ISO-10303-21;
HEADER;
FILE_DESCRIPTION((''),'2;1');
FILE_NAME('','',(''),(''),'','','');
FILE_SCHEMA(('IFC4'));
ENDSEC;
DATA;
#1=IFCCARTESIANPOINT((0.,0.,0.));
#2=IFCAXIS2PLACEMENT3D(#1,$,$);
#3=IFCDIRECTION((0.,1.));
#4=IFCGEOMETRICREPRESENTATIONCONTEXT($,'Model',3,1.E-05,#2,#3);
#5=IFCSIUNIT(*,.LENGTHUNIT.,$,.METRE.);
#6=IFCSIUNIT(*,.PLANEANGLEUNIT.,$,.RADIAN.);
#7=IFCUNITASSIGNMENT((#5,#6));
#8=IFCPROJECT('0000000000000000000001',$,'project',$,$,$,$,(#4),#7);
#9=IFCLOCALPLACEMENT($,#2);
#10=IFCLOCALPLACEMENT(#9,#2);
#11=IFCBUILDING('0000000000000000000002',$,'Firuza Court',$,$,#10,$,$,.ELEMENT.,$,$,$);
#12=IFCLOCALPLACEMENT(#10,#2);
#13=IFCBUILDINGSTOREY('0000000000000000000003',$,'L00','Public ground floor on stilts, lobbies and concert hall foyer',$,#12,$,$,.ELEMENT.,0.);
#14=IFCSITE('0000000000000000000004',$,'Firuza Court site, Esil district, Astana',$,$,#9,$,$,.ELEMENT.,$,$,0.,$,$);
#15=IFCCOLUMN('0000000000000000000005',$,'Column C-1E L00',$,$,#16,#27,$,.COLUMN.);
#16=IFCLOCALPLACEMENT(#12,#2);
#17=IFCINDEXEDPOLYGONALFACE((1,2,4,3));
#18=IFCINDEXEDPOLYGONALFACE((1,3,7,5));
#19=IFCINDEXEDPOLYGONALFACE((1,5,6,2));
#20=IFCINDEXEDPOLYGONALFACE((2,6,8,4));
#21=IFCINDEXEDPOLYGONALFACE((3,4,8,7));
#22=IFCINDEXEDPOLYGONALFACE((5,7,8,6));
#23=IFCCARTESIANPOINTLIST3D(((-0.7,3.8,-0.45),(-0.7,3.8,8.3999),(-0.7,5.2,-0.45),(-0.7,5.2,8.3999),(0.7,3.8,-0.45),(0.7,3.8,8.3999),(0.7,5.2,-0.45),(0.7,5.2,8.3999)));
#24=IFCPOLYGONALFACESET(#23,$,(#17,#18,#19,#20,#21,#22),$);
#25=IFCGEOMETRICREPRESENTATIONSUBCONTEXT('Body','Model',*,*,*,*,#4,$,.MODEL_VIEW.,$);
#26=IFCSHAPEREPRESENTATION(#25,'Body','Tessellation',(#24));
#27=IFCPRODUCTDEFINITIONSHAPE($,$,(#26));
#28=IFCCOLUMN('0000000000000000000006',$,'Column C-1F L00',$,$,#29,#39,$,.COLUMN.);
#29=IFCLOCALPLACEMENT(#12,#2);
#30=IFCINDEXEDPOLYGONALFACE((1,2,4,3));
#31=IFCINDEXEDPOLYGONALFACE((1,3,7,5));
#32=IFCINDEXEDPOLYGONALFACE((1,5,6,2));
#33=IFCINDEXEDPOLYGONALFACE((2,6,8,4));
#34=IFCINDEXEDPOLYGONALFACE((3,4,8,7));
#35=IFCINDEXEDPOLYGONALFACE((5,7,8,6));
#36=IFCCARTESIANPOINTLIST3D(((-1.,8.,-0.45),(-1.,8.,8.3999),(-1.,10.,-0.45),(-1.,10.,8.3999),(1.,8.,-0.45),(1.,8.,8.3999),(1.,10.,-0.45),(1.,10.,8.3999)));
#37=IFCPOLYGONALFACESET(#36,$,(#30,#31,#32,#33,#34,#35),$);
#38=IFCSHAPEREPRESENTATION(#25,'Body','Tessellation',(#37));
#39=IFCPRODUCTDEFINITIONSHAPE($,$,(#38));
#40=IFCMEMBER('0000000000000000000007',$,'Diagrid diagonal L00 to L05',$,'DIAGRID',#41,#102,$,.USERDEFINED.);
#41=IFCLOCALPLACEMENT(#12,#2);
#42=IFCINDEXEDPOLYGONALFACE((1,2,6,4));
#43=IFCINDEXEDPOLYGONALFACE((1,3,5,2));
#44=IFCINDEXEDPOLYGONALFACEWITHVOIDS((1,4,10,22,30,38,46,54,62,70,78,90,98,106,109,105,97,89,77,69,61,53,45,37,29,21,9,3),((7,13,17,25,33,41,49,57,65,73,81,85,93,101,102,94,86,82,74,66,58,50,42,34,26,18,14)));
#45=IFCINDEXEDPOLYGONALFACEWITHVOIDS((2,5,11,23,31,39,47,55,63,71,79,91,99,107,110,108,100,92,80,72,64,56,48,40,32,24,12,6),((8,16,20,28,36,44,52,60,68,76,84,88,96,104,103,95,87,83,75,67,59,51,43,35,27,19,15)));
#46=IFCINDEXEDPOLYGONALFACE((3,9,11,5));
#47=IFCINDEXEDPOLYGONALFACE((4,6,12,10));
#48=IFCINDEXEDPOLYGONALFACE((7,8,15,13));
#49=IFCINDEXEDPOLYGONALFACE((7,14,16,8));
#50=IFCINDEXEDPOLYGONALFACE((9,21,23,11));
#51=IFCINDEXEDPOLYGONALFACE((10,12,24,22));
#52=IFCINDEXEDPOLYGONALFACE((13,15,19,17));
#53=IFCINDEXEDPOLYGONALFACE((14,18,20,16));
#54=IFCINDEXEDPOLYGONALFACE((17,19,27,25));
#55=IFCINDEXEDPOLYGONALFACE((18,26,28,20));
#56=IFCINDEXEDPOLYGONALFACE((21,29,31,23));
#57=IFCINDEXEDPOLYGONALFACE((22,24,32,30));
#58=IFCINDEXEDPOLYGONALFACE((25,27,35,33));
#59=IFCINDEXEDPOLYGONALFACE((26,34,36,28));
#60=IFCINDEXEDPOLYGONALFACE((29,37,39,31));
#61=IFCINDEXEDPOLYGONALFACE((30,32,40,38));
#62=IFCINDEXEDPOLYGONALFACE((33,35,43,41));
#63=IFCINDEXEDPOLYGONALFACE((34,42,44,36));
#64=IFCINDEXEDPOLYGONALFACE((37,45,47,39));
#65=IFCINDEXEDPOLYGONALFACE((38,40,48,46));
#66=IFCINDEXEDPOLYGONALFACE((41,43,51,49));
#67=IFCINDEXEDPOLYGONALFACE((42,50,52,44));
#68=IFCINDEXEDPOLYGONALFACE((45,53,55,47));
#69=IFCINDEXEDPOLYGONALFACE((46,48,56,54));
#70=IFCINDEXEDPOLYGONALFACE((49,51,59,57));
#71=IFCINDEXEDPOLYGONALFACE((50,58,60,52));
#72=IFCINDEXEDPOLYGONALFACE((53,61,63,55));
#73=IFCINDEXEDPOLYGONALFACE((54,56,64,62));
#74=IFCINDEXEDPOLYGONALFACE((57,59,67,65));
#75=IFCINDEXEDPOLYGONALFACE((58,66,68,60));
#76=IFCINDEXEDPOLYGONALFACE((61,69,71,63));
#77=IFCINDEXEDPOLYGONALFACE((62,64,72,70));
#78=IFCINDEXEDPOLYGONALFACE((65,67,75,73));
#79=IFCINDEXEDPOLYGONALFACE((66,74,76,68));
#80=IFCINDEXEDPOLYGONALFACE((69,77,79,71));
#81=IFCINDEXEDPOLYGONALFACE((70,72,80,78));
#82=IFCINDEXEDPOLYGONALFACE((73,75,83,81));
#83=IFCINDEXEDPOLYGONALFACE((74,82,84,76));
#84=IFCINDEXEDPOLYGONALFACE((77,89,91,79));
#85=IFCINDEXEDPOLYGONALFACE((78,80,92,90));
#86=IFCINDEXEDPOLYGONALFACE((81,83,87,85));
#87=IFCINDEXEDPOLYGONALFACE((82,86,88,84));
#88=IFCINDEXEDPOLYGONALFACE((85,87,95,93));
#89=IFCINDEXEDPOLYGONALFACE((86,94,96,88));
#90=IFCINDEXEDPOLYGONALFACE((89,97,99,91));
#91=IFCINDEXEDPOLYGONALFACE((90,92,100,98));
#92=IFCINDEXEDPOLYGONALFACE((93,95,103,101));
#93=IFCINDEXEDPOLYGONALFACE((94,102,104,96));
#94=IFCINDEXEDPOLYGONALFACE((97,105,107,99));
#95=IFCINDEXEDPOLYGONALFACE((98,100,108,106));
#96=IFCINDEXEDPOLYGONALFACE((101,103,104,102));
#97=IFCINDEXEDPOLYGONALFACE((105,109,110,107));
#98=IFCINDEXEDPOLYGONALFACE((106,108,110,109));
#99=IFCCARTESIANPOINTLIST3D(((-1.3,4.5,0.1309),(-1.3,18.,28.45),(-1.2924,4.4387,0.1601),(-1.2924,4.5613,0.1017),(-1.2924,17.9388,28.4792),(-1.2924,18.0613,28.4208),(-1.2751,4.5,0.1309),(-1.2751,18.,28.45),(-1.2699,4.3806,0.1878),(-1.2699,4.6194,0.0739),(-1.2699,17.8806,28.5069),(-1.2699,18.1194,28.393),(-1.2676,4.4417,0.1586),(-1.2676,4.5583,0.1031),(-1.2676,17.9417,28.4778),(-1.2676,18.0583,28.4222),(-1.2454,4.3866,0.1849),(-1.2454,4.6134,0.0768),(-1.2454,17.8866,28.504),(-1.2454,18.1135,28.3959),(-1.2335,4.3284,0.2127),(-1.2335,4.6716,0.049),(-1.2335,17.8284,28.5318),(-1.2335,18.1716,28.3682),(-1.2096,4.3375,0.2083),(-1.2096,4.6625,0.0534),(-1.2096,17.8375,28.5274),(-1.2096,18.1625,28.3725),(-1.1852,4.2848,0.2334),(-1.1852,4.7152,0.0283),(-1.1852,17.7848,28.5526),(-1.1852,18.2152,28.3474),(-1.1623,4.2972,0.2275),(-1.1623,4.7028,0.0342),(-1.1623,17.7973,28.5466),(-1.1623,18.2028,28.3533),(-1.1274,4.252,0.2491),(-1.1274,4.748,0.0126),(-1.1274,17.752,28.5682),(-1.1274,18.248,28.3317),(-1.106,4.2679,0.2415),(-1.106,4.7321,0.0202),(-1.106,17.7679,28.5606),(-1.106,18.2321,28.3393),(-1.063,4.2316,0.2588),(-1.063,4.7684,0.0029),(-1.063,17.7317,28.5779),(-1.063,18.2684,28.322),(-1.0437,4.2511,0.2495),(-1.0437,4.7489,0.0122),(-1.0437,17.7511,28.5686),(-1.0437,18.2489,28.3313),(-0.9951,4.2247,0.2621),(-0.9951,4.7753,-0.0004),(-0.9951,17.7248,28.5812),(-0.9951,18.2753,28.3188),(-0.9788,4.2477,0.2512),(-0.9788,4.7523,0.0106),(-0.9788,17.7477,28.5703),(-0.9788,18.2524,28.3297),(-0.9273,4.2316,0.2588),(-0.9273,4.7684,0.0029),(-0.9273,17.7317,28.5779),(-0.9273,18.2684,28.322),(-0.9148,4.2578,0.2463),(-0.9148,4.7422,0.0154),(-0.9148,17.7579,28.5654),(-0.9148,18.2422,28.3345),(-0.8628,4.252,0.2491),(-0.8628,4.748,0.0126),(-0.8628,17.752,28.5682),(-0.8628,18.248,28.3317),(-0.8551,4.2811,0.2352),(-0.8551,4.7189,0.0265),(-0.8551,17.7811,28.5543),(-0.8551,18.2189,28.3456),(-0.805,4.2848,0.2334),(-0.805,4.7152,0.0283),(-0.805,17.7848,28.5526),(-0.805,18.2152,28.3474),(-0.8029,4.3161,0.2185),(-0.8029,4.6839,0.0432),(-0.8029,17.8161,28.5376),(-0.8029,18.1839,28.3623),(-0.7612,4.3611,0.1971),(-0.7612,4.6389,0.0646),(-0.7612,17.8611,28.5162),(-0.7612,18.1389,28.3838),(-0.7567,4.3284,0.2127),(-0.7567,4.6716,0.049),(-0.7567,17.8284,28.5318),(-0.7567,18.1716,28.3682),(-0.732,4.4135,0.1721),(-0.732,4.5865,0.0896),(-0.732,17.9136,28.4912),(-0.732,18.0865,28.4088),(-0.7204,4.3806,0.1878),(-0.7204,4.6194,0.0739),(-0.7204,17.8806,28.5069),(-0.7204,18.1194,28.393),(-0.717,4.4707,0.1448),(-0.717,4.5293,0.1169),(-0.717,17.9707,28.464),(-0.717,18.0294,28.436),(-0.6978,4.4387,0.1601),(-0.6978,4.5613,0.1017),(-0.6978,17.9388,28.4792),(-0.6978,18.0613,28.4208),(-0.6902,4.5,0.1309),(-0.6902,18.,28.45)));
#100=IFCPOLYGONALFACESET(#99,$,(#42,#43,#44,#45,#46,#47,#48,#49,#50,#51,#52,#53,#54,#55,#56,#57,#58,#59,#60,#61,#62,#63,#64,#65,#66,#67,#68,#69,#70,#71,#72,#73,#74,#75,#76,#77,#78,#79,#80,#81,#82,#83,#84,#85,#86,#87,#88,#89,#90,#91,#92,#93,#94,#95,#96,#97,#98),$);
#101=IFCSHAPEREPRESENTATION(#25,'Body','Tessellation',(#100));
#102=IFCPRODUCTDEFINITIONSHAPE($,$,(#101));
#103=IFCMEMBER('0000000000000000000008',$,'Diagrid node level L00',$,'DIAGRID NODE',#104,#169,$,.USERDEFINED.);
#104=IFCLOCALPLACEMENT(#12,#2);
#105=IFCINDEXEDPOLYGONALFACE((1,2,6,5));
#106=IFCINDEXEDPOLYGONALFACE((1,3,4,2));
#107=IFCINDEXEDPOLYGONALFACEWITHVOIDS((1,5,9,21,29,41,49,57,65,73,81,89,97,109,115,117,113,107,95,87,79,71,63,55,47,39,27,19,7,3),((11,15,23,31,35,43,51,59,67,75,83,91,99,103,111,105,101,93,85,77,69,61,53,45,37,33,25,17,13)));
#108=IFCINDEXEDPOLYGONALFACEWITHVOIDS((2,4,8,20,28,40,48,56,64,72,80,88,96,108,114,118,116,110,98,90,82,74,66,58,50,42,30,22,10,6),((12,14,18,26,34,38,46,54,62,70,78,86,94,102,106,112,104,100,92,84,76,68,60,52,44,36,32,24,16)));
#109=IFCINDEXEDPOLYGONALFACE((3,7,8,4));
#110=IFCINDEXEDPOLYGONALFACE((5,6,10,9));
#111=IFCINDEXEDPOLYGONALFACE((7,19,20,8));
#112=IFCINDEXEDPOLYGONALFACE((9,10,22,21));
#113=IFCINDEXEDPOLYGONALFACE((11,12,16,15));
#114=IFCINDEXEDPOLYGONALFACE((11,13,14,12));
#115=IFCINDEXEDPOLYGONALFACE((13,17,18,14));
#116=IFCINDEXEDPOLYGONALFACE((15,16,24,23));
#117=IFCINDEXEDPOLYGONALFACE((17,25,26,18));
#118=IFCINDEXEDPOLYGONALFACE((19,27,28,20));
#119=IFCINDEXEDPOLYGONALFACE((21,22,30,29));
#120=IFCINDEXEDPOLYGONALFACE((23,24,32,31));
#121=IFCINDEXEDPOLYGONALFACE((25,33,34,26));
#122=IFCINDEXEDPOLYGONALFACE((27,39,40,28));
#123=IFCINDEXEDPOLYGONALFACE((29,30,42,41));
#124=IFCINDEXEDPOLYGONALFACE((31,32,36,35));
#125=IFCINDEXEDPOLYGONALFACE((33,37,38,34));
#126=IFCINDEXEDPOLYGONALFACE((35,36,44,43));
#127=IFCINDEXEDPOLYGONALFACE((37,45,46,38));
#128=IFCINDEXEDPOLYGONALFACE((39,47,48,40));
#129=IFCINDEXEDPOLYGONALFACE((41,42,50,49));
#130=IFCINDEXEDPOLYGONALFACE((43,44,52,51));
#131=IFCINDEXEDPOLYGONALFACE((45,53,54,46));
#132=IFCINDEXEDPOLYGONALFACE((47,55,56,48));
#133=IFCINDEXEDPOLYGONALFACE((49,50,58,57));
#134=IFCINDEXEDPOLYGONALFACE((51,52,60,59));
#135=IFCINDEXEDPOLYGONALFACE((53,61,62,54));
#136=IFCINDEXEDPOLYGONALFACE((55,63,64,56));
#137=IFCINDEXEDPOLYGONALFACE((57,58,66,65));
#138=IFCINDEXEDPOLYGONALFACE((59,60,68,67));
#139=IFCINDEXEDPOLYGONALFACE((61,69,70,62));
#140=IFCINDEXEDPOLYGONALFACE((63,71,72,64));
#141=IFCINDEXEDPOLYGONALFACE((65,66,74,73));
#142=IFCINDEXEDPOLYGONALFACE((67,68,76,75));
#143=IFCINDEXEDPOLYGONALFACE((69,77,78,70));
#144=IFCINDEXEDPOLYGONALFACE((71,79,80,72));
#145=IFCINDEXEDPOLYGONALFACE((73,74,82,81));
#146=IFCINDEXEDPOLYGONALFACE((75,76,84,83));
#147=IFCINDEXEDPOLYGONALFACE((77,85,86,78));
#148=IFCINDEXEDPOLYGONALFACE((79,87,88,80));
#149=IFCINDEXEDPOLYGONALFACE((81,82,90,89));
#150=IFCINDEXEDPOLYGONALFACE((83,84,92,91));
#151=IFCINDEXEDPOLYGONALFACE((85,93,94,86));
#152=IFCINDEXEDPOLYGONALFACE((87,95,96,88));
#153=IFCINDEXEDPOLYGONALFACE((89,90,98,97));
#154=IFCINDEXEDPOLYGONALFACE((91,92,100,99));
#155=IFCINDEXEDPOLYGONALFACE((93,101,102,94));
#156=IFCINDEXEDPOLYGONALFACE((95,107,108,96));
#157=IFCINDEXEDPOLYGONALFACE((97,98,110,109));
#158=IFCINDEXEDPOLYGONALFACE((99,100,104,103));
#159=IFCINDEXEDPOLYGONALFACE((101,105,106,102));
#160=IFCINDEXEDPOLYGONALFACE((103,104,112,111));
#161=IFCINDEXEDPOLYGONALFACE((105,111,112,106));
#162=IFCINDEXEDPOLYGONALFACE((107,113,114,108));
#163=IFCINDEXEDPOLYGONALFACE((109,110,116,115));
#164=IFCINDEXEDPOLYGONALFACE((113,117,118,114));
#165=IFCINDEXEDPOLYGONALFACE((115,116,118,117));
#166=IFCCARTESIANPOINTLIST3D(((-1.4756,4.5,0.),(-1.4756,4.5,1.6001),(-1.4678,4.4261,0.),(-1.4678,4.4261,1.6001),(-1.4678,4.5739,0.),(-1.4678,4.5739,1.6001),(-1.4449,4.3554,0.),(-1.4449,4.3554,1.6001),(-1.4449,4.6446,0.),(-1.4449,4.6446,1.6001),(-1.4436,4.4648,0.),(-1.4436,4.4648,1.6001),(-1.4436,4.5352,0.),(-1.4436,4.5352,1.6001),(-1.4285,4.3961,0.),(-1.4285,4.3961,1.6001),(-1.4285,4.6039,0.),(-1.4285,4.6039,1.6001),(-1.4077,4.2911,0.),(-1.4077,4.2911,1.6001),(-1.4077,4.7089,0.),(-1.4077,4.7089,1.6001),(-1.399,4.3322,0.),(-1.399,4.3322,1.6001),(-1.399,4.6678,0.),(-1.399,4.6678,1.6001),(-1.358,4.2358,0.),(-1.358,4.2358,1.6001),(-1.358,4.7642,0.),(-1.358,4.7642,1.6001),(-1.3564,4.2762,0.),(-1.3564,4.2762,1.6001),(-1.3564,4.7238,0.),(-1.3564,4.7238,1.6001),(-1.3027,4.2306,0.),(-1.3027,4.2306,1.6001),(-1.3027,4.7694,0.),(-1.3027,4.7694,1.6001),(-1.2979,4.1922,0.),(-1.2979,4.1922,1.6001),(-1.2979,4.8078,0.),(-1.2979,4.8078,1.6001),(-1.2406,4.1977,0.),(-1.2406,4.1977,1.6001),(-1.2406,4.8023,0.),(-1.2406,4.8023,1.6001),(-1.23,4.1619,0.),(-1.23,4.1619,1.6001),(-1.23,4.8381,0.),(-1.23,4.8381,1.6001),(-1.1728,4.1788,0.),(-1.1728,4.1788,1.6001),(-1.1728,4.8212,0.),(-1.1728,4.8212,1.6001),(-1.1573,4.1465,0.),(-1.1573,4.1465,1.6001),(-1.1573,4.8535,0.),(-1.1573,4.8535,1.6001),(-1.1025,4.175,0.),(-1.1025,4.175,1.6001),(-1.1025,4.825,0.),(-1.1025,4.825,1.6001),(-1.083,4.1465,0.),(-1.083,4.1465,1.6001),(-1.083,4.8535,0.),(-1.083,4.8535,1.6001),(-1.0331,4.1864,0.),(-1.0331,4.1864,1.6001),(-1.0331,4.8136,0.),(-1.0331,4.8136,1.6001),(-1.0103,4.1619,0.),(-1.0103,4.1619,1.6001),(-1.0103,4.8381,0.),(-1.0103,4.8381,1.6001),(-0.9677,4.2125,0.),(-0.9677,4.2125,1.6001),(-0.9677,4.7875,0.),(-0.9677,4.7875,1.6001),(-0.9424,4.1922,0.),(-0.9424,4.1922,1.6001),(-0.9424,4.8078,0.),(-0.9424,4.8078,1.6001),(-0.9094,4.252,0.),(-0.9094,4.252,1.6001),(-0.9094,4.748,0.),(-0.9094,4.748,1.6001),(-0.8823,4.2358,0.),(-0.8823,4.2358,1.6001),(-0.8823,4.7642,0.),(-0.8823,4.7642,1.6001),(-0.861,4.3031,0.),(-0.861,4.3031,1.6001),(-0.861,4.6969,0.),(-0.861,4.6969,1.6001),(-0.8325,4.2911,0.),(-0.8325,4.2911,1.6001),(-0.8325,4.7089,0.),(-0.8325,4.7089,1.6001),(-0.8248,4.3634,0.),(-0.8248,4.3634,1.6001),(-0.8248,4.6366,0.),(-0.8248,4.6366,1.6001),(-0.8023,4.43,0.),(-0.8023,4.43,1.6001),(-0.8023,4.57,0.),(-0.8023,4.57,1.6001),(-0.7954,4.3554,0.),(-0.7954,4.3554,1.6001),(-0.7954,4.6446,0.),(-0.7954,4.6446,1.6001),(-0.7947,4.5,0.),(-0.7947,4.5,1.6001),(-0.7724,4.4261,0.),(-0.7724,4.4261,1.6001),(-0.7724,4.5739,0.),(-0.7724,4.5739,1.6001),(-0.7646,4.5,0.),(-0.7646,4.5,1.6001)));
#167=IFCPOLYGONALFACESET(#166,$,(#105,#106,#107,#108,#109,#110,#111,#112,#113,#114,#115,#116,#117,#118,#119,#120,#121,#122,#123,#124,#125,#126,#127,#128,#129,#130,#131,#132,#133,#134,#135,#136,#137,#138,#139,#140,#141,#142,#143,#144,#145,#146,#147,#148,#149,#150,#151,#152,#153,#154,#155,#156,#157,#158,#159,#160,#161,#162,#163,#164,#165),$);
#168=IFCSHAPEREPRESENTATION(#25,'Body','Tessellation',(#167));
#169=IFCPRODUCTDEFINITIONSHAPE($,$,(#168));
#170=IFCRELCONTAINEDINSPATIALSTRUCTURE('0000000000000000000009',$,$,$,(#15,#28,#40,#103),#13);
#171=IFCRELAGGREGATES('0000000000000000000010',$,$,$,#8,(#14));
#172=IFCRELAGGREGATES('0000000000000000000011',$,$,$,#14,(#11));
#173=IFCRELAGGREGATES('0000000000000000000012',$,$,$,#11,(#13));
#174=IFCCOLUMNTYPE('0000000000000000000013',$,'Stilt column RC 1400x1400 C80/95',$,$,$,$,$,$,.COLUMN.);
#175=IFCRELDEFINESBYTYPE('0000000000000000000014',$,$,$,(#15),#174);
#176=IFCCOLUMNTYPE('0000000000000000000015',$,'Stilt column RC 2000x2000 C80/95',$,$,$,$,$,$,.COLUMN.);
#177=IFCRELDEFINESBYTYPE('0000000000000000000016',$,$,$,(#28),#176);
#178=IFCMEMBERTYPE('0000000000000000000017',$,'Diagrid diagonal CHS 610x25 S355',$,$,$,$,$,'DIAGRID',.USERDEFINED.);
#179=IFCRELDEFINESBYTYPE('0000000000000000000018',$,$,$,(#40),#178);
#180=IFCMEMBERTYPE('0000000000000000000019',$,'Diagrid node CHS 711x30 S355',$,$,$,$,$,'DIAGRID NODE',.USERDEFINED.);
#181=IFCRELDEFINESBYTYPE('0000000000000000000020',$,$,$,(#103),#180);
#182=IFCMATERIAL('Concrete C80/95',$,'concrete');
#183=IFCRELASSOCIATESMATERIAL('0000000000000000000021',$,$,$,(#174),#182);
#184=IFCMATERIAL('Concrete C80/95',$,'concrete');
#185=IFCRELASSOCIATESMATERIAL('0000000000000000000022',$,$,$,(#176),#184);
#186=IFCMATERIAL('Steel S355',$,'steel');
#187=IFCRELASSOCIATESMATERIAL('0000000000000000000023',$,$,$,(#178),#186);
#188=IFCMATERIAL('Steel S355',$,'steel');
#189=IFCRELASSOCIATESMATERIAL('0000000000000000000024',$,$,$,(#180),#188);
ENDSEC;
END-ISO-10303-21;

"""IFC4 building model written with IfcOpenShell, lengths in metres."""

from ifc_helpers import new_model, si_unit, direction, frame, origin, origin_2d, place, context, subcontext, project, spatial, rectangle, hollow_circle, extrude, material, material_profile, profile_set, type_object, element, save


model = new_model("IFC4")

# Units and contexts
model_context = context("Model", 3, precision=1e-05, world=origin(), true_north=direction((0.0, 1.0)))
body_context = subcontext(model_context, "Body", "Model", "MODEL_VIEW")
ifc_project = project(units=[si_unit("LENGTHUNIT", "METRE"), si_unit("PLANEANGLEUNIT", "RADIAN")], contexts=[model_context])

# Site, building, storey
site_placement = place(None, origin())
site = spatial("IfcSite", under=ifc_project, at=site_placement, Name="Firuza Court site, Esil district, Astana", CompositionType="ELEMENT", RefElevation=0.0)
building_placement = place(site_placement, origin())
building = spatial("IfcBuilding", under=site, at=building_placement, Name="Firuza Court", CompositionType="ELEMENT")
storey_placement = place(building_placement, origin())
storey = spatial("IfcBuildingStorey", under=building, at=storey_placement, Name="L00", Description="Public ground floor on stilts, lobbies and concert hall foyer", CompositionType="ELEMENT", Elevation=0.0)

# Columns
ifc_material_1 = material(Name="Concrete C80/95", Category="concrete")
ifc_material_profile_1 = material_profile(ifc_material_1, rectangle(XDim=1.3999, YDim=1.3999, at=origin_2d()), Name="RC 1400x1400")
ifc_profile_set_1 = profile_set([ifc_material_profile_1], Name="Concrete C80/95")
column_type_1 = type_object("IfcColumnType", Name="Stilt column RC 1400x1400 C80/95", PredefinedType="COLUMN", material=ifc_profile_set_1)
column_1_placement = place(storey_placement, frame((0.0, 4.5, -0.45), z_axis=(0.0, 0.0, 1.0), x_axis=(1.0, 0.0, 0.0)))
element("IfcColumn", 1, at=column_1_placement, inside=storey, type_object=column_type_1, Name="Column C-1E L00", PredefinedType="COLUMN", context=body_context, shape_type="SweptSolid", body=[
    extrude(rectangle(XDim=1.3999, YDim=1.3999, at=origin_2d()), origin(), (0.0, 0.0, 1.0), 8.8499),
])
ifc_material_2 = material(Name="Concrete C80/95", Category="concrete")
ifc_material_profile_2 = material_profile(ifc_material_2, rectangle(XDim=2.0, YDim=2.0, at=origin_2d()), Name="RC 2000x2000")
ifc_profile_set_2 = profile_set([ifc_material_profile_2], Name="Concrete C80/95")
column_type_2 = type_object("IfcColumnType", Name="Stilt column RC 2000x2000 C80/95", PredefinedType="COLUMN", material=ifc_profile_set_2)
column_2_placement = place(storey_placement, frame((0.0, 9.0, -0.45), z_axis=(0.0, 0.0, 1.0), x_axis=(1.0, 0.0, 0.0)))
element("IfcColumn", 2, at=column_2_placement, inside=storey, type_object=column_type_2, Name="Column C-1F L00", PredefinedType="COLUMN", context=body_context, shape_type="SweptSolid", body=[
    extrude(rectangle(XDim=2.0, YDim=2.0, at=origin_2d()), origin(), (0.0, 0.0, 1.0), 8.8499),
])

# Members
ifc_material_3 = material(Name="Steel S355", Category="steel")
ifc_material_profile_3 = material_profile(ifc_material_3, hollow_circle(Radius=0.3049, WallThickness=0.0249, at=origin_2d()), Name="CHS 610x25")
ifc_profile_set_3 = profile_set([ifc_material_profile_3], Name="Steel S355")
member_type_1 = type_object("IfcMemberType", Name="Diagrid diagonal CHS 610x25 S355", ElementType="DIAGRID", PredefinedType="USERDEFINED", material=ifc_profile_set_3)
member_1_placement = place(storey_placement, frame((-0.9951, 4.5, 0.1309), z_axis=(0.0, 0.430316, 0.902678), x_axis=(-1.0, 0.0, 0.0)))
element("IfcMember", 3, at=member_1_placement, inside=storey, type_object=member_type_1, Name="Diagrid diagonal L00 to L05", ObjectType="DIAGRID", PredefinedType="USERDEFINED", context=body_context, shape_type="SweptSolid", body=[
    extrude(hollow_circle(Radius=0.3049, WallThickness=0.0249, at=origin_2d()), origin(), (0.0, 0.0, 1.0), 31.3723),
])
ifc_material_4 = material(Name="Steel S355", Category="steel")
ifc_material_profile_4 = material_profile(ifc_material_4, hollow_circle(Radius=0.3555, WallThickness=0.03, at=origin_2d()), Name="CHS 711x30")
ifc_profile_set_4 = profile_set([ifc_material_profile_4], Name="Steel S355")
member_type_2 = type_object("IfcMemberType", Name="Diagrid node CHS 711x30 S355", ElementType="DIAGRID NODE", PredefinedType="USERDEFINED", material=ifc_profile_set_4)
member_2_placement = place(storey_placement, frame((-1.1201, 4.5, 0.0), z_axis=(0.0, 0.0, 1.0), x_axis=(1.0, 0.0, 0.0)))
element("IfcMember", 4, at=member_2_placement, inside=storey, type_object=member_type_2, Name="Diagrid node level L00", ObjectType="DIAGRID NODE", PredefinedType="USERDEFINED", context=body_context, shape_type="SweptSolid", body=[
    extrude(hollow_circle(Radius=0.3555, WallThickness=0.03, at=origin_2d()), origin(), (0.0, 0.0, 1.0), 1.6001),
])

save(model, "model.ifc")
